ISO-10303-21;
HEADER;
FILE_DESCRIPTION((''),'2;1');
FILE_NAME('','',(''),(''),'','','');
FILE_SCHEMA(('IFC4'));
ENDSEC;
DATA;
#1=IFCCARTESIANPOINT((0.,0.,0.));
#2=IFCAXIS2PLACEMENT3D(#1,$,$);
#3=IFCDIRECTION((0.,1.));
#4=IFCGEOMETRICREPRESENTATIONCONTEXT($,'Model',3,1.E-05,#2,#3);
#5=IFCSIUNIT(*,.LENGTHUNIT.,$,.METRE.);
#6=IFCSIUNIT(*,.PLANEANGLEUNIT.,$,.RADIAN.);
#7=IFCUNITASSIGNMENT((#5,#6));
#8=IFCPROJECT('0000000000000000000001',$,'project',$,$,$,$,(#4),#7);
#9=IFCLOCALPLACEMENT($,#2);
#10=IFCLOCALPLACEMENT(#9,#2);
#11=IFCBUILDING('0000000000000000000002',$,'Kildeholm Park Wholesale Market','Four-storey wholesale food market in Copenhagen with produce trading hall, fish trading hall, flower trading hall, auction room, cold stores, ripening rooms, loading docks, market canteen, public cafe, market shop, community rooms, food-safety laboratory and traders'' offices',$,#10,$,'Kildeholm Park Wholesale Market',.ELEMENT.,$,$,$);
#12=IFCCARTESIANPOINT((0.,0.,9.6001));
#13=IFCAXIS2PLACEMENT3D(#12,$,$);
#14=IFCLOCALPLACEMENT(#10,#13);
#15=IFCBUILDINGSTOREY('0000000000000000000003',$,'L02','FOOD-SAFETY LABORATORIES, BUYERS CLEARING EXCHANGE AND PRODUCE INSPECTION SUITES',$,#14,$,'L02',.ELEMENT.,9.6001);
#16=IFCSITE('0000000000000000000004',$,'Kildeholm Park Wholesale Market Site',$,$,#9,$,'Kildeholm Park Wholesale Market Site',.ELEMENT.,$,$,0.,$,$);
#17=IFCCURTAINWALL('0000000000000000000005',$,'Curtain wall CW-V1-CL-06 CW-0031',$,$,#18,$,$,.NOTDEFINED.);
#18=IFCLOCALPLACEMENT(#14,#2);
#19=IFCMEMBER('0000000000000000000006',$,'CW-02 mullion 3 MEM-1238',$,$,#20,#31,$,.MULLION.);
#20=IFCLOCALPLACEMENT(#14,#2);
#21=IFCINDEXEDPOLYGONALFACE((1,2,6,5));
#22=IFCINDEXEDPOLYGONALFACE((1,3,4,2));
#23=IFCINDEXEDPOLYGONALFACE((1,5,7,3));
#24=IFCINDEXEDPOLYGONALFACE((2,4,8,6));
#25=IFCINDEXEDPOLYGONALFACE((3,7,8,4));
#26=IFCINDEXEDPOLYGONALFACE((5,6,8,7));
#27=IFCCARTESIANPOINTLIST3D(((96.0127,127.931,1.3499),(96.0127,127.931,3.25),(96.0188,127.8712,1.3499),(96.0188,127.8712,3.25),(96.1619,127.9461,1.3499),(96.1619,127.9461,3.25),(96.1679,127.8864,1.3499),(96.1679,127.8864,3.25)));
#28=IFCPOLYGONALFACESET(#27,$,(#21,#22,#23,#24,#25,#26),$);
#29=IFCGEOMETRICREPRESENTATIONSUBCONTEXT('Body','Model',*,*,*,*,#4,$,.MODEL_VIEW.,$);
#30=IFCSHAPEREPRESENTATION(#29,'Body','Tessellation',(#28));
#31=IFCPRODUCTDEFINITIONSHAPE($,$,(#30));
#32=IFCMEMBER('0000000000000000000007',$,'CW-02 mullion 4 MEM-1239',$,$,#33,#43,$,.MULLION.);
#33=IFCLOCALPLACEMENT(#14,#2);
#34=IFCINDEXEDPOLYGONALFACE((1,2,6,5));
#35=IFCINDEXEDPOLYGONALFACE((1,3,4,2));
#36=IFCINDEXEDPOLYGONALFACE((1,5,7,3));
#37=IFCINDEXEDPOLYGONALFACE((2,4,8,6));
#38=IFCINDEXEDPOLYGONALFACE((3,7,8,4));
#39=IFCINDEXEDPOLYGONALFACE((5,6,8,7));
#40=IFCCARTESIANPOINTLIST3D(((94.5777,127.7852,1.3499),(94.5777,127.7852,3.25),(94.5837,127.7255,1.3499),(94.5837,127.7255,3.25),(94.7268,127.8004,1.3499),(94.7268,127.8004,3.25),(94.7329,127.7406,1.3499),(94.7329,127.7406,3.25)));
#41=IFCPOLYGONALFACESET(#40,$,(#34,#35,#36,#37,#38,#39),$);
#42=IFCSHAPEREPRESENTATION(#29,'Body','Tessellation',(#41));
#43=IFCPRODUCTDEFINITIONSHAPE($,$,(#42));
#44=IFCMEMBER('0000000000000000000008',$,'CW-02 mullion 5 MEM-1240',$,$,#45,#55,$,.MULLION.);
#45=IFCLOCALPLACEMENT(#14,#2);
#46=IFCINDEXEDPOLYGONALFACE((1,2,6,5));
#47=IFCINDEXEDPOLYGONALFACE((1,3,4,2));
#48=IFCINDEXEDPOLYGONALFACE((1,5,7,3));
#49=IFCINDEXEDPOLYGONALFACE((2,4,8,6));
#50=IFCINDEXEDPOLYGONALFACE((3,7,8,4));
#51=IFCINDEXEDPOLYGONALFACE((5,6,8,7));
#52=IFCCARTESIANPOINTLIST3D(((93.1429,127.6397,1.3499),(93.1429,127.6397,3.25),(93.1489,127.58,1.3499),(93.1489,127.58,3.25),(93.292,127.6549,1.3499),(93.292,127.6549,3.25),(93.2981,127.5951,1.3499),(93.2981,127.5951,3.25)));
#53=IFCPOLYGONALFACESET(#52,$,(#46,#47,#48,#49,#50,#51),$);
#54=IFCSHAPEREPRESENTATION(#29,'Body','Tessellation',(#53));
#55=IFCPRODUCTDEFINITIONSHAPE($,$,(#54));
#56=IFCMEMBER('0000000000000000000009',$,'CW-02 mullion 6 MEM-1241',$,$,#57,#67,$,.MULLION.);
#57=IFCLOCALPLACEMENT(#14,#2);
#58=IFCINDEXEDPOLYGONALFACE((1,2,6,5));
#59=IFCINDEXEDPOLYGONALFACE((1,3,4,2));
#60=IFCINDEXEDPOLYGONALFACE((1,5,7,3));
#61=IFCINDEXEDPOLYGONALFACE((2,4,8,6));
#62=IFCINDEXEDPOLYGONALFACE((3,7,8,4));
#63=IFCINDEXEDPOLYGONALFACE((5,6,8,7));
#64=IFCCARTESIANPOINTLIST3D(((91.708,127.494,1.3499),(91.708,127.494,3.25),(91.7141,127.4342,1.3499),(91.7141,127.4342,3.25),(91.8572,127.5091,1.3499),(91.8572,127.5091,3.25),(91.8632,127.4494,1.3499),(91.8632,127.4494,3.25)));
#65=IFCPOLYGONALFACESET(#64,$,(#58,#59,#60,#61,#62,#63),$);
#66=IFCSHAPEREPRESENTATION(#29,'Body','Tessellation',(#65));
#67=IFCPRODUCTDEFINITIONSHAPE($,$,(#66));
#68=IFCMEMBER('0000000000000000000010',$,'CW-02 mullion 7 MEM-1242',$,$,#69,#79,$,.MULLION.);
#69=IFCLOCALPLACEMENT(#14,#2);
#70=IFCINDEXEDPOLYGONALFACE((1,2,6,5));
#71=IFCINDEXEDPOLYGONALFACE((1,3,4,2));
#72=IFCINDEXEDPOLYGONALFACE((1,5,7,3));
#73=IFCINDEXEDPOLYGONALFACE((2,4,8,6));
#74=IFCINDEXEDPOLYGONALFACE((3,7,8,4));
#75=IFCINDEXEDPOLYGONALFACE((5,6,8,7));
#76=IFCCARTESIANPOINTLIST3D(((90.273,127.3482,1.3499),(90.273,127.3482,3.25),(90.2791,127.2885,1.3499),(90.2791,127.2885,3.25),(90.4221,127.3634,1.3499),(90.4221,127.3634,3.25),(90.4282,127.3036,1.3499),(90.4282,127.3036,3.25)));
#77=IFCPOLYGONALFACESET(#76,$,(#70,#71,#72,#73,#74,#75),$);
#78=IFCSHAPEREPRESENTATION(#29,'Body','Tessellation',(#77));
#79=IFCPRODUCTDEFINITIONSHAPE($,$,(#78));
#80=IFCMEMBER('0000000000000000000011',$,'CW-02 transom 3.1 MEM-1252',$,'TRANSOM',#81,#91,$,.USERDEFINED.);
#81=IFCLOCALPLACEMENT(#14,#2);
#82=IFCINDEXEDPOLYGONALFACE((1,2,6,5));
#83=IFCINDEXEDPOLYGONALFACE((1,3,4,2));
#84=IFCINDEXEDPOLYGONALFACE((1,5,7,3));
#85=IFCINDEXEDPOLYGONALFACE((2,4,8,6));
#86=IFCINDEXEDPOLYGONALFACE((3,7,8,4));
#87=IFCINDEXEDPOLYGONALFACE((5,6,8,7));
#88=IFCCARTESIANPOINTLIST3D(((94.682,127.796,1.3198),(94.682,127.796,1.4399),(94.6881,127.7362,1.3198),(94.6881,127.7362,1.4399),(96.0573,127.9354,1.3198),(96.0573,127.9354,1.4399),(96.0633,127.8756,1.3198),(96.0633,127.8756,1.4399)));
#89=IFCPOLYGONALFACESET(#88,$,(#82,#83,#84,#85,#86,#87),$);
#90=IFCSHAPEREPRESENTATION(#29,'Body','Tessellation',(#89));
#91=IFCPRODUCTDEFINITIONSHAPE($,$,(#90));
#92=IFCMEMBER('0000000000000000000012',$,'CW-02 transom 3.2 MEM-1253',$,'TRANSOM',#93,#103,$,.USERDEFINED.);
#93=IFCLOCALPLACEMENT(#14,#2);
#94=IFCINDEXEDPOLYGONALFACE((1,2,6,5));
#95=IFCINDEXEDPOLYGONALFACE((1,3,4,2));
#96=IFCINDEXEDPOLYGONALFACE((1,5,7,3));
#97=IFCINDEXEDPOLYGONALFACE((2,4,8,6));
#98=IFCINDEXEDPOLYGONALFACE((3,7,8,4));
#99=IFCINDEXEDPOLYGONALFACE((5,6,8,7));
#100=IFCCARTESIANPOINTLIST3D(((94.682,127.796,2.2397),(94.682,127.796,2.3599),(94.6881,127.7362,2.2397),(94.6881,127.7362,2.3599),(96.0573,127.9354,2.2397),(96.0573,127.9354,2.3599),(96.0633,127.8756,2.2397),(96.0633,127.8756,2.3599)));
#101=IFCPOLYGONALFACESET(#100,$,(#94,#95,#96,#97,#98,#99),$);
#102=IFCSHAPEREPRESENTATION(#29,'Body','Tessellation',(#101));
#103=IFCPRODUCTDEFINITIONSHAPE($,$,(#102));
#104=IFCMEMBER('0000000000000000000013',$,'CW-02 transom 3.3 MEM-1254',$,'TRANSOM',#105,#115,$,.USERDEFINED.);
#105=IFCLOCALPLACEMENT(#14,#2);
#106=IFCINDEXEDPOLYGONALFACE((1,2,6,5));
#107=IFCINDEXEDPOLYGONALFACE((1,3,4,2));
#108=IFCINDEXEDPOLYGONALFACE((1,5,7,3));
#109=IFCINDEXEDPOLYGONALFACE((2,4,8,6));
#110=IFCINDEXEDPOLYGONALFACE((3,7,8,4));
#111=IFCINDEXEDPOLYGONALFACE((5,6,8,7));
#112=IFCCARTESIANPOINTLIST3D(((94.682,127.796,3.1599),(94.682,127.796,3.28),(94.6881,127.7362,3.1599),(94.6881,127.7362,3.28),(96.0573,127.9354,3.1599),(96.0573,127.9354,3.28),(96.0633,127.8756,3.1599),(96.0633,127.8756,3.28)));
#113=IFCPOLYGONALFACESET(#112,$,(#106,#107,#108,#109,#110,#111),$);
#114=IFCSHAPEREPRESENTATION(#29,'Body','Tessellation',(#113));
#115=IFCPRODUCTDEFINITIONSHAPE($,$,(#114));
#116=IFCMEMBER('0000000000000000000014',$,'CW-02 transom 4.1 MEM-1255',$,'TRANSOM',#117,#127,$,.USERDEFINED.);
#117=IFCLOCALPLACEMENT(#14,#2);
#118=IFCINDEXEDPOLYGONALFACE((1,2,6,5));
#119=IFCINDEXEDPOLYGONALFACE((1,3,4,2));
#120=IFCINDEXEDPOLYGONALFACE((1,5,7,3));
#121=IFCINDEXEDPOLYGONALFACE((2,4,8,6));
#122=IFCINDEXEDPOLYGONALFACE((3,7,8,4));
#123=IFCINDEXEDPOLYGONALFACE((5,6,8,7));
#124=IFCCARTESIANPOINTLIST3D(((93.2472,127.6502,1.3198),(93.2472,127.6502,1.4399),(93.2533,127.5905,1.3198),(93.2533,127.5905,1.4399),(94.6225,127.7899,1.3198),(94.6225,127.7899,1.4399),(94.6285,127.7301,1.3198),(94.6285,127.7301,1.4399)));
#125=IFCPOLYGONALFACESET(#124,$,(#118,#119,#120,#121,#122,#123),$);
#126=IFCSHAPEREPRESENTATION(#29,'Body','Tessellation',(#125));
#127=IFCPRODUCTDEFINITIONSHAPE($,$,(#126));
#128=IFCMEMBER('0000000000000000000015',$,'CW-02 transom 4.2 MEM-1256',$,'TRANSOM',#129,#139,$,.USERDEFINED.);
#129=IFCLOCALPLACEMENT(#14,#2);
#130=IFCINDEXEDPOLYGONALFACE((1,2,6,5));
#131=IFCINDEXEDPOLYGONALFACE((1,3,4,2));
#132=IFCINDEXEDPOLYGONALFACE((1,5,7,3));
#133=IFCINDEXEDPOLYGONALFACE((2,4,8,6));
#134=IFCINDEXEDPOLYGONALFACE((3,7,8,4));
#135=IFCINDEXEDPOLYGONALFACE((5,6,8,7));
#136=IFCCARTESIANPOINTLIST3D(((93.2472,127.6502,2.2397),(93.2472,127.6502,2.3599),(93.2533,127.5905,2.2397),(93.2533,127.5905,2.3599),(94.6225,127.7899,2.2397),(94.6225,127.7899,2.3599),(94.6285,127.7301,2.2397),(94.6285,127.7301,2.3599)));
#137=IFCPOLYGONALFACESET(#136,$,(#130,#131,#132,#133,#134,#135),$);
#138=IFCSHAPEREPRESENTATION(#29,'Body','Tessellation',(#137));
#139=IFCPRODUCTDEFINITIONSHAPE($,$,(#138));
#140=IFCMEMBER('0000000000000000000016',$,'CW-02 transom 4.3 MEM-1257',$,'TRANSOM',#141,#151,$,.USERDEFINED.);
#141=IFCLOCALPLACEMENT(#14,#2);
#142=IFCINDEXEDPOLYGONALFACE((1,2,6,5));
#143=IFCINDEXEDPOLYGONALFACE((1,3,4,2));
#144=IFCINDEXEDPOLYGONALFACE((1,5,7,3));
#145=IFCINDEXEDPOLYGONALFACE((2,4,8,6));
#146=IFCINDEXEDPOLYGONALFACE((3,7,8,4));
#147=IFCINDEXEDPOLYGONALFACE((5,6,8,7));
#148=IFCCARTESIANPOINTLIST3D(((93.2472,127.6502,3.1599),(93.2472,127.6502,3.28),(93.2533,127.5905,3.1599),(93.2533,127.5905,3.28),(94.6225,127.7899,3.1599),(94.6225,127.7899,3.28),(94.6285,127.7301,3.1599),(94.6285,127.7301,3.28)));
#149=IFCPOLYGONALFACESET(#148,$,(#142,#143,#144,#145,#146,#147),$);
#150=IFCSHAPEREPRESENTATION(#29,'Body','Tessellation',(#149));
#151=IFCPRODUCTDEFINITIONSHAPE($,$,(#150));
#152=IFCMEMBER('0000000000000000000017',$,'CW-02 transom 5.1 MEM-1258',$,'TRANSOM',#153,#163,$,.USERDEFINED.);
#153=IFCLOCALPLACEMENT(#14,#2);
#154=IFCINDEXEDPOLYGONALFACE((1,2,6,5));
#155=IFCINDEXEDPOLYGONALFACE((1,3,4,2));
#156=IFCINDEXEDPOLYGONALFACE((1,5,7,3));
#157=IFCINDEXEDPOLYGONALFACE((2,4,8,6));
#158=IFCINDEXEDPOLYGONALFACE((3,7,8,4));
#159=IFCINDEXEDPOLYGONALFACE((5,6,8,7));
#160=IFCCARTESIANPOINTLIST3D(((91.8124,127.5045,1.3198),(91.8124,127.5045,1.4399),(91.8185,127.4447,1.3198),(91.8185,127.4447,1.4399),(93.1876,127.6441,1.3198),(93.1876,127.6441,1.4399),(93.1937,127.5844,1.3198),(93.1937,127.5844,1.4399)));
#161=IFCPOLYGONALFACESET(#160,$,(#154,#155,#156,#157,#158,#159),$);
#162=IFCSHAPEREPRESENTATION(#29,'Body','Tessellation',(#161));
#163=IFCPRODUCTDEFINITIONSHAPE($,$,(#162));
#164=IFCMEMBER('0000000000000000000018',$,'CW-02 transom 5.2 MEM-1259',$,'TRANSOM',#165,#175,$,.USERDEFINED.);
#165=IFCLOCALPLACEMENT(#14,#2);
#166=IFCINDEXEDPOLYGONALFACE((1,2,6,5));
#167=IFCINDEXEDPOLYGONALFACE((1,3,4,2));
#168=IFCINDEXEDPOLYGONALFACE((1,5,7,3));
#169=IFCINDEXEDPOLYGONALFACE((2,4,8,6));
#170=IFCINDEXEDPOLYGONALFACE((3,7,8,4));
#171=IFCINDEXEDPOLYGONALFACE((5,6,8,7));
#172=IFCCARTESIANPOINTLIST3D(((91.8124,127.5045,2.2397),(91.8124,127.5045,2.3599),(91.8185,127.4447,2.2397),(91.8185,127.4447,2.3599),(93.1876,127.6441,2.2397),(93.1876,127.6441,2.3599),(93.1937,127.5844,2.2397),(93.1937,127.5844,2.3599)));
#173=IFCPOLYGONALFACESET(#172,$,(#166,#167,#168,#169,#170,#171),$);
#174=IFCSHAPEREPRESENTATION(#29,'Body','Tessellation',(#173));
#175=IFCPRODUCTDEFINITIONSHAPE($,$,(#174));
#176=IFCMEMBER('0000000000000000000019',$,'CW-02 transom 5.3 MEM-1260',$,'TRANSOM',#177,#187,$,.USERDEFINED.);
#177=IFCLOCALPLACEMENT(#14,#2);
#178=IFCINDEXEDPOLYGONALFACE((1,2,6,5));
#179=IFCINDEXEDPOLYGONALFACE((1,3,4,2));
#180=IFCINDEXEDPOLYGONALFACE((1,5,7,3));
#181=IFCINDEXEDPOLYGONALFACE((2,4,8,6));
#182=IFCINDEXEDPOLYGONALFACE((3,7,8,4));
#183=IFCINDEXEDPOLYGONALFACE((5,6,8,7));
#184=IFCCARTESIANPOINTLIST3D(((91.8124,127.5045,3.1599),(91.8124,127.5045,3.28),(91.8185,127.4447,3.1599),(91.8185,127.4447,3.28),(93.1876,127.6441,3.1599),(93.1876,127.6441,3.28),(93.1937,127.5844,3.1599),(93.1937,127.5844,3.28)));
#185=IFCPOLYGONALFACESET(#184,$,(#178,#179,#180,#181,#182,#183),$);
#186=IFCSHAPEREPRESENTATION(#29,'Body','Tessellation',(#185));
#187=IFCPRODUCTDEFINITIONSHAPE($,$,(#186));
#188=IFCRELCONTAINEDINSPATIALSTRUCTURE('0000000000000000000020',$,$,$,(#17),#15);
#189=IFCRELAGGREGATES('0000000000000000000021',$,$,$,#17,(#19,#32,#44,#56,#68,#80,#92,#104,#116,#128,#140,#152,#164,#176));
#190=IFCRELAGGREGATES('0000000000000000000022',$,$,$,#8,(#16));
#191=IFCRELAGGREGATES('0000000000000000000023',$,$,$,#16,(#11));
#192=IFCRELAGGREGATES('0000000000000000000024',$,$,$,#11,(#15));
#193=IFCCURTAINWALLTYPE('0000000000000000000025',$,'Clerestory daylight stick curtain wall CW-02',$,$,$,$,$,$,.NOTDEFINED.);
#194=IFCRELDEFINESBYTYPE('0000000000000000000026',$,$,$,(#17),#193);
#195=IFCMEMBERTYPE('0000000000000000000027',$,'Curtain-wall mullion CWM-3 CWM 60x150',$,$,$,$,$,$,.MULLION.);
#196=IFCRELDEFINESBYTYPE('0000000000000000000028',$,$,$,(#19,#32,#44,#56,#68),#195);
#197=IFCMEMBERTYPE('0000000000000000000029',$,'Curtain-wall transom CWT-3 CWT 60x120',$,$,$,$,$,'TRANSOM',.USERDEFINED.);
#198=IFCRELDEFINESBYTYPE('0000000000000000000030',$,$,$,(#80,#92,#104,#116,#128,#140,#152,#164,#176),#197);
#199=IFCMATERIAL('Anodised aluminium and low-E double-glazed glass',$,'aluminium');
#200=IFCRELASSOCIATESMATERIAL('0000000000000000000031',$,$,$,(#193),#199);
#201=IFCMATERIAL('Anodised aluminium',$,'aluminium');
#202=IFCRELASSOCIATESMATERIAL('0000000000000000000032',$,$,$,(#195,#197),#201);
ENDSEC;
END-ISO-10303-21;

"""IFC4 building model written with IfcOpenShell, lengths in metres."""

from ifc_helpers import new_model, si_unit, direction, frame, origin, origin_2d, place, context, subcontext, project, spatial, rectangle, extrude, material, material_profile, profile_set, type_object, element, aggregate, save


model = new_model("IFC4")

# Units and contexts
model_context = context("Model", 3, precision=1e-05, world=origin(), true_north=direction((0.0, 1.0)))
body_context = subcontext(model_context, "Body", "Model", "MODEL_VIEW")
ifc_project = project(units=[si_unit("LENGTHUNIT", "METRE"), si_unit("PLANEANGLEUNIT", "RADIAN")], contexts=[model_context])

# Site, building, storey
site_placement = place(None, origin())
site = spatial("IfcSite", under=ifc_project, at=site_placement, Name="Kildeholm Park Wholesale Market Site", LongName="Kildeholm Park Wholesale Market Site", CompositionType="ELEMENT", RefElevation=0.0)
building_placement = place(site_placement, origin())
building = spatial("IfcBuilding", under=site, at=building_placement, Name="Kildeholm Park Wholesale Market", Description="Four-storey wholesale food market in Copenhagen with produce trading hall, fish trading hall, flower trading hall, auction room, cold stores, ripening rooms, loading docks, market canteen, public cafe, market shop, community rooms, food-safety laboratory and traders' offices", LongName="Kildeholm Park Wholesale Market", CompositionType="ELEMENT")
storey_placement = place(building_placement, frame((0.0, 0.0, 9.6001)))
storey = spatial("IfcBuildingStorey", under=building, at=storey_placement, Name="L02", Description="FOOD-SAFETY LABORATORIES, BUYERS CLEARING EXCHANGE AND PRODUCE INSPECTION SUITES", LongName="L02", CompositionType="ELEMENT", Elevation=9.6001)

# Curtain wall, members
ifc_material_1 = material(Name="Anodised aluminium and low-E double-glazed glass", Category="aluminium")
curtain_wall_type = type_object("IfcCurtainWallType", Name="Clerestory daylight stick curtain wall CW-02", PredefinedType="NOTDEFINED", material=ifc_material_1)
curtain_wall_placement = place(storey_placement, origin())
curtain_wall = element("IfcCurtainWall", 1, at=curtain_wall_placement, inside=storey, type_object=curtain_wall_type, Name="Curtain wall CW-V1-CL-06 CW-0031", PredefinedType="NOTDEFINED")
ifc_material_2 = material(Name="Anodised aluminium", Category="aluminium")
ifc_material_profile_1 = material_profile(ifc_material_2, rectangle(XDim=0.0601, YDim=0.1499, at=origin_2d()), Name="CWM 60x150")
ifc_profile_set_1 = profile_set([ifc_material_profile_1], Name="Anodised aluminium")
member_type_1 = type_object("IfcMemberType", Name="Curtain-wall mullion CWM-3 CWM 60x150", PredefinedType="MULLION", material=ifc_profile_set_1)
member_1_placement = place(storey_placement, frame((96.0903, 127.9087, 1.3499), z_axis=(0.0, 0.0, 1.0), x_axis=(0.100999, -0.994887, 0.0)))
member_1 = element("IfcMember", 2, at=member_1_placement, type_object=member_type_1, Name="CW-02 mullion 3 MEM-1238", PredefinedType="MULLION", context=body_context, shape_type="SweptSolid", body=[
    extrude(rectangle(XDim=0.0601, YDim=0.1499, at=origin_2d()), origin(), (0.0, 0.0, 1.0), 1.9001),
])
member_2_placement = place(storey_placement, frame((94.6553, 127.7629, 1.3499), z_axis=(0.0, 0.0, 1.0), x_axis=(0.100999, -0.994887, 0.0)))
member_2 = element("IfcMember", 3, at=member_2_placement, type_object=member_type_1, Name="CW-02 mullion 4 MEM-1239", PredefinedType="MULLION", context=body_context, shape_type="SweptSolid", body=[
    extrude(rectangle(XDim=0.0601, YDim=0.1499, at=origin_2d()), origin(), (0.0, 0.0, 1.0), 1.9001),
])
member_3_placement = place(storey_placement, frame((93.2205, 127.6174, 1.3499), z_axis=(0.0, 0.0, 1.0), x_axis=(0.100999, -0.994887, 0.0)))
member_3 = element("IfcMember", 4, at=member_3_placement, type_object=member_type_1, Name="CW-02 mullion 5 MEM-1240", PredefinedType="MULLION", context=body_context, shape_type="SweptSolid", body=[
    extrude(rectangle(XDim=0.0601, YDim=0.1499, at=origin_2d()), origin(), (0.0, 0.0, 1.0), 1.9001),
])
member_4_placement = place(storey_placement, frame((91.7856, 127.4717, 1.3499), z_axis=(0.0, 0.0, 1.0), x_axis=(0.100999, -0.994887, 0.0)))
member_4 = element("IfcMember", 5, at=member_4_placement, type_object=member_type_1, Name="CW-02 mullion 6 MEM-1241", PredefinedType="MULLION", context=body_context, shape_type="SweptSolid", body=[
    extrude(rectangle(XDim=0.0601, YDim=0.1499, at=origin_2d()), origin(), (0.0, 0.0, 1.0), 1.9001),
])
member_5_placement = place(storey_placement, frame((90.3506, 127.3259, 1.3499), z_axis=(0.0, 0.0, 1.0), x_axis=(0.100999, -0.994887, 0.0)))
member_5 = element("IfcMember", 6, at=member_5_placement, type_object=member_type_1, Name="CW-02 mullion 7 MEM-1242", PredefinedType="MULLION", context=body_context, shape_type="SweptSolid", body=[
    extrude(rectangle(XDim=0.0601, YDim=0.1499, at=origin_2d()), origin(), (0.0, 0.0, 1.0), 1.9001),
])
ifc_material_profile_2 = material_profile(ifc_material_2, rectangle(XDim=0.0601, YDim=0.1201, at=origin_2d()), Name="CWT 60x120")
ifc_profile_set_2 = profile_set([ifc_material_profile_2], Name="Anodised aluminium")
member_type_2 = type_object("IfcMemberType", Name="Curtain-wall transom CWT-3 CWT 60x120", ElementType="TRANSOM", PredefinedType="USERDEFINED", material=ifc_profile_set_2)
member_6_placement = place(storey_placement, frame((96.0603, 127.9055, 1.3799), z_axis=(-0.994902, -0.10085, 0.0), x_axis=(0.10085, -0.994902, 0.0)))
member_6 = element("IfcMember", 7, at=member_6_placement, type_object=member_type_2, Name="CW-02 transom 3.1 MEM-1252", ObjectType="TRANSOM", PredefinedType="USERDEFINED", context=body_context, shape_type="SweptSolid", body=[
    extrude(rectangle(XDim=0.0601, YDim=0.1201, at=origin_2d()), origin(), (0.0, 0.0, 1.0), 1.3823),
])
member_7_placement = place(storey_placement, frame((96.0603, 127.9055, 2.2998), z_axis=(-0.994902, -0.10085, 0.0), x_axis=(0.10085, -0.994902, 0.0)))
member_7 = element("IfcMember", 8, at=member_7_placement, type_object=member_type_2, Name="CW-02 transom 3.2 MEM-1253", ObjectType="TRANSOM", PredefinedType="USERDEFINED", context=body_context, shape_type="SweptSolid", body=[
    extrude(rectangle(XDim=0.0601, YDim=0.1201, at=origin_2d()), origin(), (0.0, 0.0, 1.0), 1.3823),
])
member_8_placement = place(storey_placement, frame((96.0603, 127.9055, 3.22), z_axis=(-0.994902, -0.10085, 0.0), x_axis=(0.10085, -0.994902, 0.0)))
member_8 = element("IfcMember", 9, at=member_8_placement, type_object=member_type_2, Name="CW-02 transom 3.3 MEM-1254", ObjectType="TRANSOM", PredefinedType="USERDEFINED", context=body_context, shape_type="SweptSolid", body=[
    extrude(rectangle(XDim=0.0601, YDim=0.1201, at=origin_2d()), origin(), (0.0, 0.0, 1.0), 1.3823),
])
member_9_placement = place(storey_placement, frame((94.6255, 127.76, 1.3799), z_axis=(-0.994884, -0.101025, 0.0), x_axis=(0.101025, -0.994884, 0.0)))
member_9 = element("IfcMember", 10, at=member_9_placement, type_object=member_type_2, Name="CW-02 transom 4.1 MEM-1255", ObjectType="TRANSOM", PredefinedType="USERDEFINED", context=body_context, shape_type="SweptSolid", body=[
    extrude(rectangle(XDim=0.0601, YDim=0.1201, at=origin_2d()), origin(), (0.0, 0.0, 1.0), 1.3823),
])
member_10_placement = place(storey_placement, frame((94.6255, 127.76, 2.2998), z_axis=(-0.994884, -0.101025, 0.0), x_axis=(0.101025, -0.994884, 0.0)))
member_10 = element("IfcMember", 11, at=member_10_placement, type_object=member_type_2, Name="CW-02 transom 4.2 MEM-1256", ObjectType="TRANSOM", PredefinedType="USERDEFINED", context=body_context, shape_type="SweptSolid", body=[
    extrude(rectangle(XDim=0.0601, YDim=0.1201, at=origin_2d()), origin(), (0.0, 0.0, 1.0), 1.3823),
])
member_11_placement = place(storey_placement, frame((94.6255, 127.76, 3.22), z_axis=(-0.994884, -0.101025, 0.0), x_axis=(0.101025, -0.994884, 0.0)))
member_11 = element("IfcMember", 12, at=member_11_placement, type_object=member_type_2, Name="CW-02 transom 4.3 MEM-1257", ObjectType="TRANSOM", PredefinedType="USERDEFINED", context=body_context, shape_type="SweptSolid", body=[
    extrude(rectangle(XDim=0.0601, YDim=0.1201, at=origin_2d()), origin(), (0.0, 0.0, 1.0), 1.3823),
])
member_12_placement = place(storey_placement, frame((93.1907, 127.6143, 1.3799), z_axis=(-0.994884, -0.101025, 0.0), x_axis=(0.101025, -0.994884, 0.0)))
member_12 = element("IfcMember", 13, at=member_12_placement, type_object=member_type_2, Name="CW-02 transom 5.1 MEM-1258", ObjectType="TRANSOM", PredefinedType="USERDEFINED", context=body_context, shape_type="SweptSolid", body=[
    extrude(rectangle(XDim=0.0601, YDim=0.1201, at=origin_2d()), origin(), (0.0, 0.0, 1.0), 1.3823),
])
member_13_placement = place(storey_placement, frame((93.1907, 127.6143, 2.2998), z_axis=(-0.994884, -0.101025, 0.0), x_axis=(0.101025, -0.994884, 0.0)))
member_13 = element("IfcMember", 14, at=member_13_placement, type_object=member_type_2, Name="CW-02 transom 5.2 MEM-1259", ObjectType="TRANSOM", PredefinedType="USERDEFINED", context=body_context, shape_type="SweptSolid", body=[
    extrude(rectangle(XDim=0.0601, YDim=0.1201, at=origin_2d()), origin(), (0.0, 0.0, 1.0), 1.3823),
])
member_14_placement = place(storey_placement, frame((93.1907, 127.6143, 3.22), z_axis=(-0.994884, -0.101025, 0.0), x_axis=(0.101025, -0.994884, 0.0)))
member_14 = element("IfcMember", 15, at=member_14_placement, type_object=member_type_2, Name="CW-02 transom 5.3 MEM-1260", ObjectType="TRANSOM", PredefinedType="USERDEFINED", context=body_context, shape_type="SweptSolid", body=[
    extrude(rectangle(XDim=0.0601, YDim=0.1201, at=origin_2d()), origin(), (0.0, 0.0, 1.0), 1.3823),
])
aggregate(curtain_wall, [member_1, member_2, member_3, member_4, member_5, member_6, member_7, member_8, member_9, member_10, member_11, member_12, member_13, member_14])

save(model, "model.ifc")
